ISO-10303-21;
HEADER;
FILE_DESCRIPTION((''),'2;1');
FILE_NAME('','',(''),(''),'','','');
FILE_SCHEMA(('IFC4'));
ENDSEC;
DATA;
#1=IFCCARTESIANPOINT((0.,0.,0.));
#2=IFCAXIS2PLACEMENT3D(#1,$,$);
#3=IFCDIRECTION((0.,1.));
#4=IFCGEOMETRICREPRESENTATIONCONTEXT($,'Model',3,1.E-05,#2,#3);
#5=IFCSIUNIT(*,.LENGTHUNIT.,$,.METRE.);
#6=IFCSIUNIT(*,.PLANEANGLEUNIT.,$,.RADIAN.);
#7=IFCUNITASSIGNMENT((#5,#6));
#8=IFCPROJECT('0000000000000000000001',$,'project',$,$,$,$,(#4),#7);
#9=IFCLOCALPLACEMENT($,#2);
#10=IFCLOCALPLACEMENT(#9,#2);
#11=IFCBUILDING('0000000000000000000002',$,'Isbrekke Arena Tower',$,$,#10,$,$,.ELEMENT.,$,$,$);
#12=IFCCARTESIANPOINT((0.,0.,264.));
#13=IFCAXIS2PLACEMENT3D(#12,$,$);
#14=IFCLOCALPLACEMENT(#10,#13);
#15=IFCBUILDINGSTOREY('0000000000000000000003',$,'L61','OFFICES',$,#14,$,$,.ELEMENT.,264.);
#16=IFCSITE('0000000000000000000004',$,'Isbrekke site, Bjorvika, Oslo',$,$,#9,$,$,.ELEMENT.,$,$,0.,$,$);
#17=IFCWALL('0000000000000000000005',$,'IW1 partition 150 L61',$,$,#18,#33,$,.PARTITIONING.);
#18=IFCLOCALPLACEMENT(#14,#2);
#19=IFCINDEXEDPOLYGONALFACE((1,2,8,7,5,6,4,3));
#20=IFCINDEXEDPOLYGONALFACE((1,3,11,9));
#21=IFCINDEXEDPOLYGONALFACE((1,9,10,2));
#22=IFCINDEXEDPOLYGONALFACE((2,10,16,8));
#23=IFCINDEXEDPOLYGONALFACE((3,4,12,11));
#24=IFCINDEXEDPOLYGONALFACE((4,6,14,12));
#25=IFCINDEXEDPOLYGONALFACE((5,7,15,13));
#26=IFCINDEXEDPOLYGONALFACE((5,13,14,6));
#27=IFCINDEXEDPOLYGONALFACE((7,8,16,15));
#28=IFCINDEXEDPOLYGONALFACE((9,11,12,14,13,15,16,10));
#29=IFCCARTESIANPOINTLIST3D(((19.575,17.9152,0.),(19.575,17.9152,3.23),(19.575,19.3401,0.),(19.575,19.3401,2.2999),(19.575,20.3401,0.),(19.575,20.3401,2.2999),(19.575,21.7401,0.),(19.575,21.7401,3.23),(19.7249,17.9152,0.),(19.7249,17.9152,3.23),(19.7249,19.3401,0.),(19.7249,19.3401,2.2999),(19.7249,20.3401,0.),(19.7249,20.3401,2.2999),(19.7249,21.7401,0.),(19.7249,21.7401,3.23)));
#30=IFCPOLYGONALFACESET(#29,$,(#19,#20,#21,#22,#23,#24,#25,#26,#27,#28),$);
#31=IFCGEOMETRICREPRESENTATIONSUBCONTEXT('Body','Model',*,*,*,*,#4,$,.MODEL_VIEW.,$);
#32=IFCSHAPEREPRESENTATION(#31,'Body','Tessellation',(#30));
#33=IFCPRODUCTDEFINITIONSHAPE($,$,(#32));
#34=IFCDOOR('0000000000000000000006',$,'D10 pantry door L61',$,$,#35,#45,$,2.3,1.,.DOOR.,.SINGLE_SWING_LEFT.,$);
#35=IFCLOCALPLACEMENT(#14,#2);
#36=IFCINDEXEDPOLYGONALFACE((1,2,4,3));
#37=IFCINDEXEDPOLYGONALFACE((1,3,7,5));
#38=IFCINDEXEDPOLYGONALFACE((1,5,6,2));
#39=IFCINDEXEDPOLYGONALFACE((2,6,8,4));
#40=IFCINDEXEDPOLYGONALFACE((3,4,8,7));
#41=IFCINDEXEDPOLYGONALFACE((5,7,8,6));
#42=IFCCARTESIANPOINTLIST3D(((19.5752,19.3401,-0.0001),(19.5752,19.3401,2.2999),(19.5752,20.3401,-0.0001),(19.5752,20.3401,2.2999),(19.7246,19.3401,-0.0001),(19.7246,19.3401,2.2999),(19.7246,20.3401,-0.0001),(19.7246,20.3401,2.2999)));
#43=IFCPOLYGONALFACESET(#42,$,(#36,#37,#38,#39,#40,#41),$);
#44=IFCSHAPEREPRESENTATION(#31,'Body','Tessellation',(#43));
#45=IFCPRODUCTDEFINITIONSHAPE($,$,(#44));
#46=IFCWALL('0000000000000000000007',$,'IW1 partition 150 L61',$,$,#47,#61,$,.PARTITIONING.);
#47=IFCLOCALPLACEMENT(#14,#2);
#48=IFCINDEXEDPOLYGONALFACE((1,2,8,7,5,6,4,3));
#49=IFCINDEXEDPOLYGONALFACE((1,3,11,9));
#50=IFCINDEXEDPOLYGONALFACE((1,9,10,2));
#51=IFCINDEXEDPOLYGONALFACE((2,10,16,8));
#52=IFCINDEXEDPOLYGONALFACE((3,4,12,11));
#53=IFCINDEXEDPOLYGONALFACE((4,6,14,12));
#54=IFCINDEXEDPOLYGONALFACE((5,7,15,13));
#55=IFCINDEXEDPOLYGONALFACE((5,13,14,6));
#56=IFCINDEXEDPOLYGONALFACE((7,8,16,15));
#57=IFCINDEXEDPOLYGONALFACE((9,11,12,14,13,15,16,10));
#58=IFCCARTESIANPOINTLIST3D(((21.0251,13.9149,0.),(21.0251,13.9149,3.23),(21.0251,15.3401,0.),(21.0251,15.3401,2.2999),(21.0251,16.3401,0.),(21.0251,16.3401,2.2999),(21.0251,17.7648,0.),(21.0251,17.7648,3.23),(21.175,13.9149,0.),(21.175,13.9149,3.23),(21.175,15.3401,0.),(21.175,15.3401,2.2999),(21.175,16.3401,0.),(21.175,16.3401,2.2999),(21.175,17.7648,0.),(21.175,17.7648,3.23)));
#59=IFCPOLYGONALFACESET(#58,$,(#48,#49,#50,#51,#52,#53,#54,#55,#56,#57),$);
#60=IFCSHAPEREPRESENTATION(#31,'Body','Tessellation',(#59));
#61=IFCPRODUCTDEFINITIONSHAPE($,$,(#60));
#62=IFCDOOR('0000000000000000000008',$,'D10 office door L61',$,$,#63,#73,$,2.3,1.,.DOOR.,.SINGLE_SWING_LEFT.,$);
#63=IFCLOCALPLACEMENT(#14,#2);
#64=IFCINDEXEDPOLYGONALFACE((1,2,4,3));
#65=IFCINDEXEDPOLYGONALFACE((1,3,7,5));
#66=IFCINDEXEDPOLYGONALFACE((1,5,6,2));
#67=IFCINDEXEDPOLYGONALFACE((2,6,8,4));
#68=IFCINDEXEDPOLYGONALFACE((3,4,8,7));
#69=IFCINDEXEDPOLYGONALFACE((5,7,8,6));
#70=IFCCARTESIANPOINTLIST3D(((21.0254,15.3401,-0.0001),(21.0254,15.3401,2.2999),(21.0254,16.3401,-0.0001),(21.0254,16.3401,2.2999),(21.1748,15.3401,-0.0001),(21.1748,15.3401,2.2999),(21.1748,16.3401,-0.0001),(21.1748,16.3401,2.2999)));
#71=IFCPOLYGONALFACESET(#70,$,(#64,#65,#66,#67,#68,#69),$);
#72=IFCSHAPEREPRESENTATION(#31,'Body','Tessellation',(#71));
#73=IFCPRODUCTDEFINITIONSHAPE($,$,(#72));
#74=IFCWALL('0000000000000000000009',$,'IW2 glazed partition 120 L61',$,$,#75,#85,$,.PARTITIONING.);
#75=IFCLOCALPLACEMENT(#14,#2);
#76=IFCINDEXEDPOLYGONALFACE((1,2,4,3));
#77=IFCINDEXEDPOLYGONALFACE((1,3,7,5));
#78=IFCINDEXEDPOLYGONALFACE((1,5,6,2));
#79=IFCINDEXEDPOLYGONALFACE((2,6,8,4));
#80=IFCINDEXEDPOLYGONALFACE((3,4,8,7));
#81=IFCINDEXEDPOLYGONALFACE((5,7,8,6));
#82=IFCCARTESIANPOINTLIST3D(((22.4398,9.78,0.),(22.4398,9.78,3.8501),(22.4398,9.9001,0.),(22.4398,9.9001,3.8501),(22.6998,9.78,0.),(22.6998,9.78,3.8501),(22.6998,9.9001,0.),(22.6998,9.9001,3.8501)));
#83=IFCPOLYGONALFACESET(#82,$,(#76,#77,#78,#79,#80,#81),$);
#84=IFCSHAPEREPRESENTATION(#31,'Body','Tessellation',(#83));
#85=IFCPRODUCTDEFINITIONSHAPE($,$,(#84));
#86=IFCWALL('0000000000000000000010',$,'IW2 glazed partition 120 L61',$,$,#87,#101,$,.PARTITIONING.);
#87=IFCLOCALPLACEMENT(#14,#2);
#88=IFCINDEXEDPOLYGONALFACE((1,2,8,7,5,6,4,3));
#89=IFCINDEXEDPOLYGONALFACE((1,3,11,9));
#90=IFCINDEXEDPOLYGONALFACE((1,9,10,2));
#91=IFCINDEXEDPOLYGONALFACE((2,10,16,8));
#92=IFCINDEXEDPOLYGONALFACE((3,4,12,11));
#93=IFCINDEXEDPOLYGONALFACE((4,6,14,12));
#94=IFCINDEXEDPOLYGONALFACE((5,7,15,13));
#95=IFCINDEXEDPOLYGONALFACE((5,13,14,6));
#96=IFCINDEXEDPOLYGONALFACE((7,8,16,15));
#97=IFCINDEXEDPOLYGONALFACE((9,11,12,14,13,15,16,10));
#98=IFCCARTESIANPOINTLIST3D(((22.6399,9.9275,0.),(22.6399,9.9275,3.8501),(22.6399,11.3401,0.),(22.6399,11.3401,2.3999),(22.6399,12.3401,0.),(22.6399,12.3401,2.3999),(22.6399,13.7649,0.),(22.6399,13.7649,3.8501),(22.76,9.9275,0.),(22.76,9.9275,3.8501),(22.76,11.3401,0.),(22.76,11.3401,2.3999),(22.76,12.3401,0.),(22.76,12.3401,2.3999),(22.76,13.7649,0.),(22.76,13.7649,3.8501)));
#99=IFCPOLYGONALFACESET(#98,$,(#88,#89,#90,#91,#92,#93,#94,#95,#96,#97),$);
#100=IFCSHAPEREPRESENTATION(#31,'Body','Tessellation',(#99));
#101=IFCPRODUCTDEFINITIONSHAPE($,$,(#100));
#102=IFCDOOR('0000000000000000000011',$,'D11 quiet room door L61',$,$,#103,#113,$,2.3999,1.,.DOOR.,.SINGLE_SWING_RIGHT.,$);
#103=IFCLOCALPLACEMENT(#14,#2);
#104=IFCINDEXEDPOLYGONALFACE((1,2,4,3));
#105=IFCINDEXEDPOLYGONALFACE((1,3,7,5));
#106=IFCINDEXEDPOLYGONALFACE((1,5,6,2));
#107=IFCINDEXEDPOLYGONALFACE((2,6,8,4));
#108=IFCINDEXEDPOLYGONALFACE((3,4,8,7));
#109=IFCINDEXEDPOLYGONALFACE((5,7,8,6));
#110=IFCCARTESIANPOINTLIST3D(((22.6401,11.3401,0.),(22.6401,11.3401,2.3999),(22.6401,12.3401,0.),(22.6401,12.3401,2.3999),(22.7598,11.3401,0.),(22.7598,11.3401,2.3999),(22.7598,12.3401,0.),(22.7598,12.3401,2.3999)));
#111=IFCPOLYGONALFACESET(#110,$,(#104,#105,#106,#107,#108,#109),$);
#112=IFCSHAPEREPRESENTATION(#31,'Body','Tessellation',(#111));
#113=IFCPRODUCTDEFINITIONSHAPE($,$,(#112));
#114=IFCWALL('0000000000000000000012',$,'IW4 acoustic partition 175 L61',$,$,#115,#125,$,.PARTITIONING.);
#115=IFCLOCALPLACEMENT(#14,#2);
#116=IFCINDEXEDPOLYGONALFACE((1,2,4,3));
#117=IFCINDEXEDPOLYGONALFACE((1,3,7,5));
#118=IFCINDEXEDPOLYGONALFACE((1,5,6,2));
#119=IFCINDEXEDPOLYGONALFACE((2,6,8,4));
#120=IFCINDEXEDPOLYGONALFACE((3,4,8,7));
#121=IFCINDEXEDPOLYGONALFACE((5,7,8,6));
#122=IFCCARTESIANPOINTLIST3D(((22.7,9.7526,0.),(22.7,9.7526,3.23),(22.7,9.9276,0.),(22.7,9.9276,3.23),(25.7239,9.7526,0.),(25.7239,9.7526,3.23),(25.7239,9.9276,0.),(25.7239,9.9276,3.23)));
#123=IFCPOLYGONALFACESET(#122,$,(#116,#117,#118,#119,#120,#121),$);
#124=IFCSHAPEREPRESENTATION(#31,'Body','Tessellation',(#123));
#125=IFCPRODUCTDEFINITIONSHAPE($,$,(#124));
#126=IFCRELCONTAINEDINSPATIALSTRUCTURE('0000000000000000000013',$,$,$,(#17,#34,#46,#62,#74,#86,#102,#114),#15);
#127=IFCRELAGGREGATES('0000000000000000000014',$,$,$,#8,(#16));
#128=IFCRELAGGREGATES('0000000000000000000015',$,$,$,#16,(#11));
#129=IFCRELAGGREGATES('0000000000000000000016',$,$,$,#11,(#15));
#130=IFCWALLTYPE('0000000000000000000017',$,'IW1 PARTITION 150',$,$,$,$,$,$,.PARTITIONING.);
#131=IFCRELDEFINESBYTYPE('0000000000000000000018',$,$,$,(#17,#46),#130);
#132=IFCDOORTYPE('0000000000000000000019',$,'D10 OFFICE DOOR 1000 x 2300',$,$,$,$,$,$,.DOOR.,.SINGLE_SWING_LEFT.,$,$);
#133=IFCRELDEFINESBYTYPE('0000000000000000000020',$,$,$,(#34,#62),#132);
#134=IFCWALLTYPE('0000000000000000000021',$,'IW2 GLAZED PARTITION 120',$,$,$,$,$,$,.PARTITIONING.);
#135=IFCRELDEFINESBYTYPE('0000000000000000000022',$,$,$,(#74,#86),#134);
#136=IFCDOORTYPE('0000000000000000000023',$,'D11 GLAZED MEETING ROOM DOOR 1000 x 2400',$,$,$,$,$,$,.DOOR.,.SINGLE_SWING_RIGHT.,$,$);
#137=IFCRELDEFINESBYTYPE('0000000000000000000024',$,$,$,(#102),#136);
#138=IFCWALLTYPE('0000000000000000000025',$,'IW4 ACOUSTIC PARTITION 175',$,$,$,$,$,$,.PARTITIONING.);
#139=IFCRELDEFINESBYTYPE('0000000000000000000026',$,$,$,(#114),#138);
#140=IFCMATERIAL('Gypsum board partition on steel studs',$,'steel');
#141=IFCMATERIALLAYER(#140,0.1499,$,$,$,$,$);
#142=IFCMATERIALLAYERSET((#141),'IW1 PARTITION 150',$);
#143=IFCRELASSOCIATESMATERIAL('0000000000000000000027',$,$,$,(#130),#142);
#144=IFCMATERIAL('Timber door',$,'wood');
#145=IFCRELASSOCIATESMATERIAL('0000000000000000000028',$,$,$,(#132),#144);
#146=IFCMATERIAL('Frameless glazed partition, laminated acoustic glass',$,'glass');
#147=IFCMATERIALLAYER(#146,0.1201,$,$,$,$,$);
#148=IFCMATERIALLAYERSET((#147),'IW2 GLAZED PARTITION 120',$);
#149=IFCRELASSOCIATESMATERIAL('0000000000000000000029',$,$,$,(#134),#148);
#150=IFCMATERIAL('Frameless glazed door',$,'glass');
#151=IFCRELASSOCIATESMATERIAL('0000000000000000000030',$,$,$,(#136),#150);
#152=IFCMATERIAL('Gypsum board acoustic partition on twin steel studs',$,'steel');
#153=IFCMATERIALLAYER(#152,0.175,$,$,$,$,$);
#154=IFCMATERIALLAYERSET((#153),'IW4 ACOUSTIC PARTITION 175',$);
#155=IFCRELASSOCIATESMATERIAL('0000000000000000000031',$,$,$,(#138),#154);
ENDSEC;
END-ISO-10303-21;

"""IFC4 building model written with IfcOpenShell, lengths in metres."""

from ifc_helpers import new_model, si_unit, direction, frame, frame_2d, origin, place, context, subcontext, project, spatial, rectangle, extrude, material, layer, layer_set, type_object, element, fill, save


model = new_model("IFC4")

# Units and contexts
model_context = context("Model", 3, precision=1e-05, world=origin(), true_north=direction((0.0, 1.0)))
body_context = subcontext(model_context, "Body", "Model", "MODEL_VIEW")
ifc_project = project(units=[si_unit("LENGTHUNIT", "METRE"), si_unit("PLANEANGLEUNIT", "RADIAN")], contexts=[model_context])

# Site, building, storey
site_placement = place(None, origin())
site = spatial("IfcSite", under=ifc_project, at=site_placement, Name="Isbrekke site, Bjorvika, Oslo", CompositionType="ELEMENT", RefElevation=0.0)
building_placement = place(site_placement, origin())
building = spatial("IfcBuilding", under=site, at=building_placement, Name="Isbrekke Arena Tower", CompositionType="ELEMENT")
storey_placement = place(building_placement, frame((0.0, 0.0, 264.0)))
storey = spatial("IfcBuildingStorey", under=building, at=storey_placement, Name="L61", Description="OFFICES", CompositionType="ELEMENT", Elevation=264.0)

# Shared definitions
ifc_material_1 = material(Name="Gypsum board partition on steel studs", Category="steel")
ifc_layer_1 = layer(ifc_material_1, 0.1499)
ifc_layer_set_1 = layer_set([ifc_layer_1], Name="IW1 PARTITION 150")
wall_type_1 = type_object("IfcWallType", Name="IW1 PARTITION 150", PredefinedType="PARTITIONING", material=ifc_layer_set_1)

# Walls, openings, doors
wall_1_placement = place(storey_placement, frame((19.6499, 17.915, 0.0), z_axis=(0.0, 0.0, 1.0), x_axis=(0.0, 1.0, 0.0)))
wall_1 = element("IfcWall", 1, at=wall_1_placement, inside=storey, type_object=wall_type_1, Name="IW1 partition 150 L61", PredefinedType="PARTITIONING", context=body_context, shape_type="SweptSolid", body=[
    extrude(rectangle(XDim=3.825, YDim=0.1499, at=frame_2d((1.9126, 0.0))), origin(), (0.0, 0.0, 1.0), 3.23),
])
opening_1_placement = place(wall_1_placement, frame((1.425, 0.0, 0.0)))
opening_1 = element("IfcOpeningElement", 2, at=opening_1_placement, cuts=wall_1, PredefinedType="OPENING", context=body_context, shape_type="SweptSolid", body=[
    extrude(rectangle(XDim=1.0, YDim=2.3, at=frame_2d((0.5, 1.1499))), frame((0.0, 0.0898, 0.0), z_axis=(0.0, -1.0, 0.0), x_axis=(1.0, 0.0, 0.0)), (0.0, 0.0, 1.0), 0.1797),
])
ifc_material_2 = material(Name="Timber door", Category="wood")
door_type_1 = type_object("IfcDoorType", Name="D10 OFFICE DOOR 1000 x 2300", OperationType="SINGLE_SWING_LEFT", PredefinedType="DOOR", material=ifc_material_2)
door_1_placement = place(opening_1_placement, origin())
door_1 = element("IfcDoor", 3, at=door_1_placement, inside=storey, type_object=door_type_1, Name="D10 pantry door L61", OperationType="SINGLE_SWING_LEFT", OverallHeight=2.3, OverallWidth=1.0, PredefinedType="DOOR", context=body_context, shape_type="SweptSolid", body=[
    extrude(rectangle(XDim=1.0, YDim=2.3, at=frame_2d((0.5, 1.1499))), frame((0.0, 0.0747, 0.0), z_axis=(0.0, -1.0, 0.0), x_axis=(1.0, 0.0, 0.0)), (0.0, 0.0, 1.0), 0.1494),
])
fill(opening_1, door_1)
wall_2_placement = place(storey_placement, frame((21.1001, 13.915, 0.0), z_axis=(0.0, 0.0, 1.0), x_axis=(0.0, 1.0, 0.0)))
wall_2 = element("IfcWall", 4, at=wall_2_placement, inside=storey, type_object=wall_type_1, Name="IW1 partition 150 L61", PredefinedType="PARTITIONING", context=body_context, shape_type="SweptSolid", body=[
    extrude(rectangle(XDim=3.8499, YDim=0.1499, at=frame_2d((1.9248, 0.0))), origin(), (0.0, 0.0, 1.0), 3.23),
])
opening_2_placement = place(wall_2_placement, frame((1.425, 0.0, 0.0)))
opening_2 = element("IfcOpeningElement", 5, at=opening_2_placement, cuts=wall_2, PredefinedType="OPENING", context=body_context, shape_type="SweptSolid", body=[
    extrude(rectangle(XDim=1.0, YDim=2.3, at=frame_2d((0.5, 1.1499))), frame((0.0, 0.0898, 0.0), z_axis=(0.0, -1.0, 0.0), x_axis=(1.0, 0.0, 0.0)), (0.0, 0.0, 1.0), 0.1797),
])
door_2_placement = place(opening_2_placement, origin())
door_2 = element("IfcDoor", 6, at=door_2_placement, inside=storey, type_object=door_type_1, Name="D10 office door L61", OperationType="SINGLE_SWING_LEFT", OverallHeight=2.3, OverallWidth=1.0, PredefinedType="DOOR", context=body_context, shape_type="SweptSolid", body=[
    extrude(rectangle(XDim=1.0, YDim=2.3, at=frame_2d((0.5, 1.1499))), frame((0.0, 0.0747, 0.0), z_axis=(0.0, -1.0, 0.0), x_axis=(1.0, 0.0, 0.0)), (0.0, 0.0, 1.0), 0.1494),
])
fill(opening_2, door_2)

# Wall
ifc_material_3 = material(Name="Frameless glazed partition, laminated acoustic glass", Category="glass")
ifc_layer_2 = layer(ifc_material_3, 0.1201)
ifc_layer_set_2 = layer_set([ifc_layer_2], Name="IW2 GLAZED PARTITION 120")
wall_type_2 = type_object("IfcWallType", Name="IW2 GLAZED PARTITION 120", PredefinedType="PARTITIONING", material=ifc_layer_set_2)
wall_3_placement = place(storey_placement, frame((22.4399, 9.8401, 0.0), z_axis=(0.0, 0.0, 1.0), x_axis=(1.0, 0.0, 0.0)))
element("IfcWall", 7, at=wall_3_placement, inside=storey, type_object=wall_type_2, Name="IW2 glazed partition 120 L61", PredefinedType="PARTITIONING", context=body_context, shape_type="SweptSolid", body=[
    extrude(rectangle(XDim=0.26, YDim=0.1201, at=frame_2d((0.1299, 0.0))), origin(), (0.0, 0.0, 1.0), 3.8501),
])

# Wall, opening, door
wall_4_placement = place(storey_placement, frame((22.7, 9.9275, 0.0), z_axis=(0.0, 0.0, 1.0), x_axis=(0.0, 1.0, 0.0)))
wall_4 = element("IfcWall", 8, at=wall_4_placement, inside=storey, type_object=wall_type_2, Name="IW2 glazed partition 120 L61", PredefinedType="PARTITIONING", context=body_context, shape_type="SweptSolid", body=[
    extrude(rectangle(XDim=3.8374, YDim=0.1201, at=frame_2d((1.9187, 0.0))), origin(), (0.0, 0.0, 1.0), 3.8501),
])
opening_3_placement = place(wall_4_placement, frame((1.4126, 0.0, 0.0)))
opening_3 = element("IfcOpeningElement", 9, at=opening_3_placement, cuts=wall_4, PredefinedType="OPENING", context=body_context, shape_type="SweptSolid", body=[
    extrude(rectangle(XDim=1.0, YDim=2.3999, at=frame_2d((0.5, 1.2))), frame((0.0, 0.075, 0.0), z_axis=(0.0, -1.0, 0.0), x_axis=(1.0, 0.0, 0.0)), (0.0, 0.0, 1.0), 0.1499),
])
ifc_material_4 = material(Name="Frameless glazed door", Category="glass")
door_type_2 = type_object("IfcDoorType", Name="D11 GLAZED MEETING ROOM DOOR 1000 x 2400", OperationType="SINGLE_SWING_RIGHT", PredefinedType="DOOR", material=ifc_material_4)
door_3_placement = place(opening_3_placement, origin())
door_3 = element("IfcDoor", 10, at=door_3_placement, inside=storey, type_object=door_type_2, Name="D11 quiet room door L61", OperationType="SINGLE_SWING_RIGHT", OverallHeight=2.3999, OverallWidth=1.0, PredefinedType="DOOR", context=body_context, shape_type="SweptSolid", body=[
    extrude(rectangle(XDim=1.0, YDim=2.3999, at=frame_2d((0.5, 1.2))), frame((0.0, 0.0598, 0.0), z_axis=(0.0, -1.0, 0.0), x_axis=(1.0, 0.0, 0.0)), (0.0, 0.0, 1.0), 0.1196),
])
fill(opening_3, door_3)

# Wall
ifc_material_5 = material(Name="Gypsum board acoustic partition on twin steel studs", Category="steel")
ifc_layer_3 = layer(ifc_material_5, 0.175)
ifc_layer_set_3 = layer_set([ifc_layer_3], Name="IW4 ACOUSTIC PARTITION 175")
wall_type_3 = type_object("IfcWallType", Name="IW4 ACOUSTIC PARTITION 175", PredefinedType="PARTITIONING", material=ifc_layer_set_3)
wall_5_placement = place(storey_placement, frame((22.7, 9.8401, 0.0), z_axis=(0.0, 0.0, 1.0), x_axis=(1.0, 0.0, 0.0)))
element("IfcWall", 11, at=wall_5_placement, inside=storey, type_object=wall_type_3, Name="IW4 acoustic partition 175 L61", PredefinedType="PARTITIONING", context=body_context, shape_type="SweptSolid", body=[
    extrude(rectangle(XDim=3.0239, YDim=0.175, at=frame_2d((1.512, 0.0))), origin(), (0.0, 0.0, 1.0), 3.23),
])

save(model, "model.ifc")
